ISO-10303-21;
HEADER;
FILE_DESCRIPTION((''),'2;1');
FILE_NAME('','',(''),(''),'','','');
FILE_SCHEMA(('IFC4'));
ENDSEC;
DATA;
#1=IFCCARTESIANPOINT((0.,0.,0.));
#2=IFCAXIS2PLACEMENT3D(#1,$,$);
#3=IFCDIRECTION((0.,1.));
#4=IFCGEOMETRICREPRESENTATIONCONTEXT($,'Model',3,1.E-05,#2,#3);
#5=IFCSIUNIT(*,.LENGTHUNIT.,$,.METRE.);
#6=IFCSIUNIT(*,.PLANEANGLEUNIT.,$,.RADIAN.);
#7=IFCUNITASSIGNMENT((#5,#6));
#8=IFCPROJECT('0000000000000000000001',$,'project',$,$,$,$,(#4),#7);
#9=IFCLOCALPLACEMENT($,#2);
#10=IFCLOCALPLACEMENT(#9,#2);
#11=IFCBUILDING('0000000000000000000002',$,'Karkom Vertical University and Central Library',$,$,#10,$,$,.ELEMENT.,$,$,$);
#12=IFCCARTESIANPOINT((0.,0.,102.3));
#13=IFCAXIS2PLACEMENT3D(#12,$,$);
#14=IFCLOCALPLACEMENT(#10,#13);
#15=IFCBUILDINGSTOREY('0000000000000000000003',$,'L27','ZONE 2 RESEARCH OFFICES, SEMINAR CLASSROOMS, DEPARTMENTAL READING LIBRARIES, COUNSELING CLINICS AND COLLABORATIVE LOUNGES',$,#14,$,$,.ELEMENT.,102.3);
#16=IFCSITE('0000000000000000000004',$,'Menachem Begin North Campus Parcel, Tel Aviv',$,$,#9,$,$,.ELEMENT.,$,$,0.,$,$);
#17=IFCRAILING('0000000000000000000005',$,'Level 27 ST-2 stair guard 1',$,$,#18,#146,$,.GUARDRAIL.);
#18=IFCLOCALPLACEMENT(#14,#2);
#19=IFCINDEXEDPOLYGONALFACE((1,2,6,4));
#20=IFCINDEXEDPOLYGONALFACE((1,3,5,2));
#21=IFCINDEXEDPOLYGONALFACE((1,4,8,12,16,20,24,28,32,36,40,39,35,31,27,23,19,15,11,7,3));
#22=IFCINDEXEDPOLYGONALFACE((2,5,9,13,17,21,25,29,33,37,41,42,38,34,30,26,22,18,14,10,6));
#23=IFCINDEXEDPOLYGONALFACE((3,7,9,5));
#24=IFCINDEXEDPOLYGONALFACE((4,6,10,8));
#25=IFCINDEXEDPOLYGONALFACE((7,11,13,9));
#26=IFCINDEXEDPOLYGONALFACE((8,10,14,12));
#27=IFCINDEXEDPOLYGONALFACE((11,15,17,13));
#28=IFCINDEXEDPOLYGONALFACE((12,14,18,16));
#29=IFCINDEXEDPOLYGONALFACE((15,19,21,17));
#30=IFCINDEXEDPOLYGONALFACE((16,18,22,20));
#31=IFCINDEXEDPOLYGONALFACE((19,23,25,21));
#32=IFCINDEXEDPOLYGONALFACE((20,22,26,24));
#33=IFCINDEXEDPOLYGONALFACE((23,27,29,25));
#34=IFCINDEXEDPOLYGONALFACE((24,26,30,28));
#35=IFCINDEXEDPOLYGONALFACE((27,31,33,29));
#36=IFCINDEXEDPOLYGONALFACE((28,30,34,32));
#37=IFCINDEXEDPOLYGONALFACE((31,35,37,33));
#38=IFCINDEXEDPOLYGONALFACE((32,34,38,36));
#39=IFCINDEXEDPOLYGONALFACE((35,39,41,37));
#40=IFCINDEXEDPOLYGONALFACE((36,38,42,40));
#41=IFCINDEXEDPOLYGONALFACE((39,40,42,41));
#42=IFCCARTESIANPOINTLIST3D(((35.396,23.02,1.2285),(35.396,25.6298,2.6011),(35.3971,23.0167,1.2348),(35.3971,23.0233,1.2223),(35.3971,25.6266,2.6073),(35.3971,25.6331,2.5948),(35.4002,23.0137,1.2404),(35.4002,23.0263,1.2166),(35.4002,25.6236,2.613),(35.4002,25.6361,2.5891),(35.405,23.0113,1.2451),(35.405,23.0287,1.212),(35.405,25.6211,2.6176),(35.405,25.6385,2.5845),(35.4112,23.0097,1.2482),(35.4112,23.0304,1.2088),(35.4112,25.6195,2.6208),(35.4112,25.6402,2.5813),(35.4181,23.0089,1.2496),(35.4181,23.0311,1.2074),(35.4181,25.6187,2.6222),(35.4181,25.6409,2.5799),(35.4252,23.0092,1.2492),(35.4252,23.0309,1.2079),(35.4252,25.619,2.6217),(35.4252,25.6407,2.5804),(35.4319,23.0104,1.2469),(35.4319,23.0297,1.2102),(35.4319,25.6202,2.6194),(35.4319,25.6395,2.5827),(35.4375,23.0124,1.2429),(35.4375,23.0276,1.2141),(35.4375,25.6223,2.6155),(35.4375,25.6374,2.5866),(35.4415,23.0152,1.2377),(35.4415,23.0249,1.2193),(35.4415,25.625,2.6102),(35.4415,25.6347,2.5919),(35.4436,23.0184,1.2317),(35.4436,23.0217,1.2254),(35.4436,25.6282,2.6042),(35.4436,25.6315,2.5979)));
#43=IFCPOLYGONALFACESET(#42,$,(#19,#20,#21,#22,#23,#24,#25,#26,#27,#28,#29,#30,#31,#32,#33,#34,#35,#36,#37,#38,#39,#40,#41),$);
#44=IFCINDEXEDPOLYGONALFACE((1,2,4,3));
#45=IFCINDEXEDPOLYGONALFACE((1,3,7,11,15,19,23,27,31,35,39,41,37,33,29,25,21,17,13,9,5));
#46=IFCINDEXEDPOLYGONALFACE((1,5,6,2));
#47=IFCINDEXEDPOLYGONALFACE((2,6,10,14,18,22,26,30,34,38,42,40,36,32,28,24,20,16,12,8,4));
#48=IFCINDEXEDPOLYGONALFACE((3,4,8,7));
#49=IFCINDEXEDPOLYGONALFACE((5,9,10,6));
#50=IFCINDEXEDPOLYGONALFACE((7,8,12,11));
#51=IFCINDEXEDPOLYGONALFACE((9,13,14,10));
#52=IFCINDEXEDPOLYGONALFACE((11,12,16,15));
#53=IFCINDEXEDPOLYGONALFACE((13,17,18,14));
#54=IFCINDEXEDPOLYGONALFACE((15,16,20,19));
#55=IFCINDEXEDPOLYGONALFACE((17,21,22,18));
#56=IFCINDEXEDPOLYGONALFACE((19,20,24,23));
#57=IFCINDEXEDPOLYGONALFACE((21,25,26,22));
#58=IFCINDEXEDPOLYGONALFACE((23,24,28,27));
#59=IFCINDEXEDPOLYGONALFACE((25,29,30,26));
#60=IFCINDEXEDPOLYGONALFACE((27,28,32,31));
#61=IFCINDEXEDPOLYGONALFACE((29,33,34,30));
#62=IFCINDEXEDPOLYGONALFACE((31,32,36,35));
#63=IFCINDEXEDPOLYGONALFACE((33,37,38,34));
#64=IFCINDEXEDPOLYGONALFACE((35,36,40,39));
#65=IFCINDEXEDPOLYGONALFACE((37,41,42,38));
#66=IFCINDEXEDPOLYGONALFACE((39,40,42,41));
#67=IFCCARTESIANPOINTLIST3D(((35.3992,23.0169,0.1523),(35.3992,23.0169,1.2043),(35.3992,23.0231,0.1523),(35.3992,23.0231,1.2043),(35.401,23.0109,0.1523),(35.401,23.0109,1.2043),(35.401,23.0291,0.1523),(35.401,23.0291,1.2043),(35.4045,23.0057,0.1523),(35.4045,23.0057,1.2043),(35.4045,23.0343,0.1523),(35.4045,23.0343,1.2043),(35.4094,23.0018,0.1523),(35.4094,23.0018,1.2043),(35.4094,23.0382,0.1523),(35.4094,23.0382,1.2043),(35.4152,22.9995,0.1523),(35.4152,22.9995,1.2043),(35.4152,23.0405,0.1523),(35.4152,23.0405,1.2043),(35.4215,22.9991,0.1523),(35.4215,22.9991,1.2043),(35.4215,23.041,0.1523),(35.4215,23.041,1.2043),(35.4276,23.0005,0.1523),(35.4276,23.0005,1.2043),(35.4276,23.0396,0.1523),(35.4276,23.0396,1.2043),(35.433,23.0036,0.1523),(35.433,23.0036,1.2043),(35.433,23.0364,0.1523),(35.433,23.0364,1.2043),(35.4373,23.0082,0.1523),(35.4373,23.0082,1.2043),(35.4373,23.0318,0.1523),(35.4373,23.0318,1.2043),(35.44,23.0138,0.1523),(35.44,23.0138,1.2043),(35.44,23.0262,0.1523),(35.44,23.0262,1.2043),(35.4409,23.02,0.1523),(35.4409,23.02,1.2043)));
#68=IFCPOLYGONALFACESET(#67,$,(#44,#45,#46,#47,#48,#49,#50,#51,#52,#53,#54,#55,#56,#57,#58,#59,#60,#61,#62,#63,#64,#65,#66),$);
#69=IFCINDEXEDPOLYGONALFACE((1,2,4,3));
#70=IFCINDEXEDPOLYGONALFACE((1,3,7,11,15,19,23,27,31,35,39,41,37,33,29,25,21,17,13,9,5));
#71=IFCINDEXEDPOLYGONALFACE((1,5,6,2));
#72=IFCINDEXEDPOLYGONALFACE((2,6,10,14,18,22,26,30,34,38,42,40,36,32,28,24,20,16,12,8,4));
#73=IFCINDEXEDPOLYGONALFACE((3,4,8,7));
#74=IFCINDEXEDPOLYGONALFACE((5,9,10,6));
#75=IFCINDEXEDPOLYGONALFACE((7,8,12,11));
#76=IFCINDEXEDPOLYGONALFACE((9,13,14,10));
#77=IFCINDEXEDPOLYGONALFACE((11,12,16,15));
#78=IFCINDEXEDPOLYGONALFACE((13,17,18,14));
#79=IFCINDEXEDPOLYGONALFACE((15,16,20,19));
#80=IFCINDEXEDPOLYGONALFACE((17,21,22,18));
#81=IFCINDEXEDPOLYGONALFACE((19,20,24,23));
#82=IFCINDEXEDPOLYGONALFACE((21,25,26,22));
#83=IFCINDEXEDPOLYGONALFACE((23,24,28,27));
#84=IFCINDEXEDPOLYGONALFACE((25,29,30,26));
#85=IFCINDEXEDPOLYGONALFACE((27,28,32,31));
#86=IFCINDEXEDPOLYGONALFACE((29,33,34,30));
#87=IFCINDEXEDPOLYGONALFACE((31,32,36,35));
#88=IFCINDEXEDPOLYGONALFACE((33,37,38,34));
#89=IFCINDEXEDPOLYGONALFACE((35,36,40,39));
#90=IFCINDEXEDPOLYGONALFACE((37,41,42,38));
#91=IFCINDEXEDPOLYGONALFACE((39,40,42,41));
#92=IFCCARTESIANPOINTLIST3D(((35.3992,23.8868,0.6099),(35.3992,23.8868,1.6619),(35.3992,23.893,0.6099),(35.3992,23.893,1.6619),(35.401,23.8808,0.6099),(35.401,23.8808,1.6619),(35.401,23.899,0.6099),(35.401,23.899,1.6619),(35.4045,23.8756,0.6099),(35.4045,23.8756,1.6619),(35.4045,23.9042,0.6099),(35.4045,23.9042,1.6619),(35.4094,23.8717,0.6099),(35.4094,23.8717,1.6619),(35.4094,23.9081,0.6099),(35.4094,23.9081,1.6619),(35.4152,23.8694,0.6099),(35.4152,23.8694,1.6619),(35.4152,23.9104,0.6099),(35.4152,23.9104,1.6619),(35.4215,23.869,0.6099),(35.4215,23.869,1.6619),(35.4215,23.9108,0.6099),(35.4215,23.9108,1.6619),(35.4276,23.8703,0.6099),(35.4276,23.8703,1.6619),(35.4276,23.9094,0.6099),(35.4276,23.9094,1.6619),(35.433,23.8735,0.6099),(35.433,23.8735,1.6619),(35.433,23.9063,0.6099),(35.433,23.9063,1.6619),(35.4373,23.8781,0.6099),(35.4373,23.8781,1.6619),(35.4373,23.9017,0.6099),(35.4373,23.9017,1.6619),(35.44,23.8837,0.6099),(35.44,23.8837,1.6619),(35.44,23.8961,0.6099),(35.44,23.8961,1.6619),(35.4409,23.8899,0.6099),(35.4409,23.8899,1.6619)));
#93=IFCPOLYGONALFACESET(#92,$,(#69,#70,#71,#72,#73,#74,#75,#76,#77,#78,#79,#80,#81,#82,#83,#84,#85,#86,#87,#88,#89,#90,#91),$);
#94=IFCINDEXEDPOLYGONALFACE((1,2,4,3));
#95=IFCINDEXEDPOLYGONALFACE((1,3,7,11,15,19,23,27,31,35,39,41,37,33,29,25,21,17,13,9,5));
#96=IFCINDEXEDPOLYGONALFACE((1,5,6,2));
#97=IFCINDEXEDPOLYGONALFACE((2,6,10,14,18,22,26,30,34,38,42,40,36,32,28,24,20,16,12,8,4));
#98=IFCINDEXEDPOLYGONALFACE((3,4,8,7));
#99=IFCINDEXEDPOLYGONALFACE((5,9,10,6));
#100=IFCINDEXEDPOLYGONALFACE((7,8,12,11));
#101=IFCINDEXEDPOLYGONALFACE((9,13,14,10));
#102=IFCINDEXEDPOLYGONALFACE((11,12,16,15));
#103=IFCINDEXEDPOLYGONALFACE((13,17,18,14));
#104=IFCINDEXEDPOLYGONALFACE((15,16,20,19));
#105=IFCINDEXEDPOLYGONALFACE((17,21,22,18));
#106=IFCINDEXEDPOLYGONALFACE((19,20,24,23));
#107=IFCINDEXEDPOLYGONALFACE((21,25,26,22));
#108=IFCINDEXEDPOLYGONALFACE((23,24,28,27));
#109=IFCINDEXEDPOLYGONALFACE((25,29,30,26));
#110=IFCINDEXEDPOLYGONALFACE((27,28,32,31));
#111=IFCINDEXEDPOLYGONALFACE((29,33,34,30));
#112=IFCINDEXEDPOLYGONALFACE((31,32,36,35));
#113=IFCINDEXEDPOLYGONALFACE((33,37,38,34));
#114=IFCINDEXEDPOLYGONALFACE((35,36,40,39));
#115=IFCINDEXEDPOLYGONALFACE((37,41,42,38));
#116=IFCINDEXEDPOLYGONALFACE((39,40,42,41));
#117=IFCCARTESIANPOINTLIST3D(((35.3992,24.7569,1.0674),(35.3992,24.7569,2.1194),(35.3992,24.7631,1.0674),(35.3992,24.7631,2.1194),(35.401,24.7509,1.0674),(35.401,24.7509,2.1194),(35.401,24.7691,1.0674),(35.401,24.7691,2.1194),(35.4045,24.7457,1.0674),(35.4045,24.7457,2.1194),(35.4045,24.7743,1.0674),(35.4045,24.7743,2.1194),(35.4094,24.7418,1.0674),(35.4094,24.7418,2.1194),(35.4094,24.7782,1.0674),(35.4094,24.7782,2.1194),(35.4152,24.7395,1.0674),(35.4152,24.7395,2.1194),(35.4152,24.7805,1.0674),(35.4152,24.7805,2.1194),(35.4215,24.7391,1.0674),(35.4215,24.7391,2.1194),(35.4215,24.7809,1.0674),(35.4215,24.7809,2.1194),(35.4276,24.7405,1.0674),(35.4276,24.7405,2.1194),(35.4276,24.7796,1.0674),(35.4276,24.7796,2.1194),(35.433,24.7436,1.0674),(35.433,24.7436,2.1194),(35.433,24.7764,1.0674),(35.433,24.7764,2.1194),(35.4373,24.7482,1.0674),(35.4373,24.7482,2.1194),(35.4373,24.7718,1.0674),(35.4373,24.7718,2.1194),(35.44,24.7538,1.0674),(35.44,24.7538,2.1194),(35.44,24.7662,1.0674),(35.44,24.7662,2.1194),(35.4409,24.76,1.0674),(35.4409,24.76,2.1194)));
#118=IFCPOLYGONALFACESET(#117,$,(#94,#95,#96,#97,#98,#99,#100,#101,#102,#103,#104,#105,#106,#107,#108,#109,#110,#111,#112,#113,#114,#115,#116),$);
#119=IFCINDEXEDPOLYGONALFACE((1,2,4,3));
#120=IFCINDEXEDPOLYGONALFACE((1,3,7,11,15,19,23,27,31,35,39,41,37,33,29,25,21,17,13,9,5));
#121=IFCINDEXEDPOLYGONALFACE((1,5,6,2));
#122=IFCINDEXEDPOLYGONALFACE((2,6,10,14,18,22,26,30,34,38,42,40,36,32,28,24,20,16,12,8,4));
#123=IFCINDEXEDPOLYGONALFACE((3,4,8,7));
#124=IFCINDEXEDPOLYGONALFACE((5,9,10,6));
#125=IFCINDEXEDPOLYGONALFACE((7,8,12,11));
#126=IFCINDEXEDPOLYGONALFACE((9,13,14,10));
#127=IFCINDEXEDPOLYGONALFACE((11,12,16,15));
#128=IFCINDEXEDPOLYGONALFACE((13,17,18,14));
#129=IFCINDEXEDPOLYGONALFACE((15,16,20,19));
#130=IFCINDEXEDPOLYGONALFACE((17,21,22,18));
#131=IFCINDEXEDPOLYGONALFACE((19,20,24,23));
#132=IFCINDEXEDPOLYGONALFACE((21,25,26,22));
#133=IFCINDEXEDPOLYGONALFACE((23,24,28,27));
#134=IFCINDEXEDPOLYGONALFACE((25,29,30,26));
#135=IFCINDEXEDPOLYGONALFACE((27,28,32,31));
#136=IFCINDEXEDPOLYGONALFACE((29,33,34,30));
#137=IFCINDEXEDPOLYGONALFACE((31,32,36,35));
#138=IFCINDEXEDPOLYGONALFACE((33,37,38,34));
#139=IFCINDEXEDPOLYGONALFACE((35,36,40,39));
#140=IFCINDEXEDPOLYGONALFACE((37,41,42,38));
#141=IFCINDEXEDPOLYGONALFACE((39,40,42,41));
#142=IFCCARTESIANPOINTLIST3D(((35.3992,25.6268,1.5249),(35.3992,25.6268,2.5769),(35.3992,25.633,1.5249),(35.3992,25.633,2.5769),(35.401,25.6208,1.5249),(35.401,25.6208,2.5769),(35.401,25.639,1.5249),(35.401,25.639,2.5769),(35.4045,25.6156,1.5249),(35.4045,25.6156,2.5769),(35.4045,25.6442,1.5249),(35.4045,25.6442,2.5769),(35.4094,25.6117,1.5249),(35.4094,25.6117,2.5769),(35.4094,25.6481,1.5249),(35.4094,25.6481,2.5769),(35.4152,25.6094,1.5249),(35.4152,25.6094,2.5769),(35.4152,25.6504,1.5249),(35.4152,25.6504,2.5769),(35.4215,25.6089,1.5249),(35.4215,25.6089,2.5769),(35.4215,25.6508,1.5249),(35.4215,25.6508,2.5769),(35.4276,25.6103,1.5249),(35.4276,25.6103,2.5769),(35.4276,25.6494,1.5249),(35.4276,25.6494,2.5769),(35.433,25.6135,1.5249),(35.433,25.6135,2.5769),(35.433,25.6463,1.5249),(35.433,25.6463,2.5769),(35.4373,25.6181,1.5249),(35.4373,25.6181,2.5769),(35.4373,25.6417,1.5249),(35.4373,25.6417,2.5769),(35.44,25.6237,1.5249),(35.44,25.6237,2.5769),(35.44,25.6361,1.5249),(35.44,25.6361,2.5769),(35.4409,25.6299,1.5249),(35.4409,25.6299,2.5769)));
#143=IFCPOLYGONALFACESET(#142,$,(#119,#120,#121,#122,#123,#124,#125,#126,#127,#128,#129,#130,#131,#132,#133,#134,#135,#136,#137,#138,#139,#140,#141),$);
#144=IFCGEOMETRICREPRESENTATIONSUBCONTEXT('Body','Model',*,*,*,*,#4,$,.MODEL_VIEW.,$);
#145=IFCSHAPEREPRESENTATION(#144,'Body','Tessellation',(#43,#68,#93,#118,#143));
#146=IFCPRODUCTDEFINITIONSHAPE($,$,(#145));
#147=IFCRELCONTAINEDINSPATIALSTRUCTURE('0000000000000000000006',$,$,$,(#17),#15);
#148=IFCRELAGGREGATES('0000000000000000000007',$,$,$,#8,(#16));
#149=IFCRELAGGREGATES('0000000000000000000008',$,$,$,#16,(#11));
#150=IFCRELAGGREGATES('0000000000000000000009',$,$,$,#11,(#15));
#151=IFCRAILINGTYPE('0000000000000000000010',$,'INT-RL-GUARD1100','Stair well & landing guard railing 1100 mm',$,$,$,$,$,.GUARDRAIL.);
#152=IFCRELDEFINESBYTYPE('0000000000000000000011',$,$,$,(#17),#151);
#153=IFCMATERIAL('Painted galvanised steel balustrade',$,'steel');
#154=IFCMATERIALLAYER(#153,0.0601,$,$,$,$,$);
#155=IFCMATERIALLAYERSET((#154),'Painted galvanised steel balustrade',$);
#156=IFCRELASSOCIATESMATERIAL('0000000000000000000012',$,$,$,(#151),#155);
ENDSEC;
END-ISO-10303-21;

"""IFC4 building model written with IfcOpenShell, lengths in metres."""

from ifc_helpers import new_model, si_unit, direction, frame, origin, origin_2d, place, context, subcontext, project, spatial, circle, extrude, material, layer, layer_set, type_object, element, save


model = new_model("IFC4")

# Units and contexts
model_context = context("Model", 3, precision=1e-05, world=origin(), true_north=direction((0.0, 1.0)))
body_context = subcontext(model_context, "Body", "Model", "MODEL_VIEW")
ifc_project = project(units=[si_unit("LENGTHUNIT", "METRE"), si_unit("PLANEANGLEUNIT", "RADIAN")], contexts=[model_context])

# Site, building, storey
site_placement = place(None, origin())
site = spatial("IfcSite", under=ifc_project, at=site_placement, Name="Menachem Begin North Campus Parcel, Tel Aviv", CompositionType="ELEMENT", RefElevation=0.0)
building_placement = place(site_placement, origin())
building = spatial("IfcBuilding", under=site, at=building_placement, Name="Karkom Vertical University and Central Library", CompositionType="ELEMENT")
storey_placement = place(building_placement, frame((0.0, 0.0, 102.3)))
storey = spatial("IfcBuildingStorey", under=building, at=storey_placement, Name="L27", Description="ZONE 2 RESEARCH OFFICES, SEMINAR CLASSROOMS, DEPARTMENTAL READING LIBRARIES, COUNSELING CLINICS AND COLLABORATIVE LOUNGES", CompositionType="ELEMENT", Elevation=102.3)

# Railing
ifc_material_1 = material(Name="Painted galvanised steel balustrade", Category="steel")
ifc_layer_1 = layer(ifc_material_1, 0.0601)
ifc_layer_set_1 = layer_set([ifc_layer_1], Name="Painted galvanised steel balustrade")
railing_type_1 = type_object("IfcRailingType", Name="INT-RL-GUARD1100", Description="Stair well & landing guard railing 1100 mm", PredefinedType="GUARDRAIL", material=ifc_layer_set_1)
railing_1_placement = place(storey_placement, frame((35.4199, 23.02, 0.1523)))
element("IfcRailing", 1, at=railing_1_placement, inside=storey, type_object=railing_type_1, Name="Level 27 ST-2 stair guard 1", PredefinedType="GUARDRAIL", context=body_context, shape_type="SweptSolid", body=[
    extrude(circle(Radius=0.0239, at=origin_2d()), frame((0.0, 0.0, 1.0762), z_axis=(0.0, 0.885065, 0.465467), x_axis=(-1.0, 0.0, 0.0)), (0.0, 0.0, 1.0), 2.9487),
    extrude(circle(Radius=0.021, at=origin_2d()), origin(), (0.0, 0.0, 1.0), 1.052),
    extrude(circle(Radius=0.021, at=origin_2d()), frame((0.0, 0.8699, 0.4575)), (0.0, 0.0, 1.0), 1.052),
    extrude(circle(Radius=0.021, at=origin_2d()), frame((0.0, 1.74, 0.915)), (0.0, 0.0, 1.0), 1.052),
    extrude(circle(Radius=0.021, at=origin_2d()), frame((0.0, 2.6099, 1.3726)), (0.0, 0.0, 1.0), 1.052),
])

save(model, "model.ifc")
